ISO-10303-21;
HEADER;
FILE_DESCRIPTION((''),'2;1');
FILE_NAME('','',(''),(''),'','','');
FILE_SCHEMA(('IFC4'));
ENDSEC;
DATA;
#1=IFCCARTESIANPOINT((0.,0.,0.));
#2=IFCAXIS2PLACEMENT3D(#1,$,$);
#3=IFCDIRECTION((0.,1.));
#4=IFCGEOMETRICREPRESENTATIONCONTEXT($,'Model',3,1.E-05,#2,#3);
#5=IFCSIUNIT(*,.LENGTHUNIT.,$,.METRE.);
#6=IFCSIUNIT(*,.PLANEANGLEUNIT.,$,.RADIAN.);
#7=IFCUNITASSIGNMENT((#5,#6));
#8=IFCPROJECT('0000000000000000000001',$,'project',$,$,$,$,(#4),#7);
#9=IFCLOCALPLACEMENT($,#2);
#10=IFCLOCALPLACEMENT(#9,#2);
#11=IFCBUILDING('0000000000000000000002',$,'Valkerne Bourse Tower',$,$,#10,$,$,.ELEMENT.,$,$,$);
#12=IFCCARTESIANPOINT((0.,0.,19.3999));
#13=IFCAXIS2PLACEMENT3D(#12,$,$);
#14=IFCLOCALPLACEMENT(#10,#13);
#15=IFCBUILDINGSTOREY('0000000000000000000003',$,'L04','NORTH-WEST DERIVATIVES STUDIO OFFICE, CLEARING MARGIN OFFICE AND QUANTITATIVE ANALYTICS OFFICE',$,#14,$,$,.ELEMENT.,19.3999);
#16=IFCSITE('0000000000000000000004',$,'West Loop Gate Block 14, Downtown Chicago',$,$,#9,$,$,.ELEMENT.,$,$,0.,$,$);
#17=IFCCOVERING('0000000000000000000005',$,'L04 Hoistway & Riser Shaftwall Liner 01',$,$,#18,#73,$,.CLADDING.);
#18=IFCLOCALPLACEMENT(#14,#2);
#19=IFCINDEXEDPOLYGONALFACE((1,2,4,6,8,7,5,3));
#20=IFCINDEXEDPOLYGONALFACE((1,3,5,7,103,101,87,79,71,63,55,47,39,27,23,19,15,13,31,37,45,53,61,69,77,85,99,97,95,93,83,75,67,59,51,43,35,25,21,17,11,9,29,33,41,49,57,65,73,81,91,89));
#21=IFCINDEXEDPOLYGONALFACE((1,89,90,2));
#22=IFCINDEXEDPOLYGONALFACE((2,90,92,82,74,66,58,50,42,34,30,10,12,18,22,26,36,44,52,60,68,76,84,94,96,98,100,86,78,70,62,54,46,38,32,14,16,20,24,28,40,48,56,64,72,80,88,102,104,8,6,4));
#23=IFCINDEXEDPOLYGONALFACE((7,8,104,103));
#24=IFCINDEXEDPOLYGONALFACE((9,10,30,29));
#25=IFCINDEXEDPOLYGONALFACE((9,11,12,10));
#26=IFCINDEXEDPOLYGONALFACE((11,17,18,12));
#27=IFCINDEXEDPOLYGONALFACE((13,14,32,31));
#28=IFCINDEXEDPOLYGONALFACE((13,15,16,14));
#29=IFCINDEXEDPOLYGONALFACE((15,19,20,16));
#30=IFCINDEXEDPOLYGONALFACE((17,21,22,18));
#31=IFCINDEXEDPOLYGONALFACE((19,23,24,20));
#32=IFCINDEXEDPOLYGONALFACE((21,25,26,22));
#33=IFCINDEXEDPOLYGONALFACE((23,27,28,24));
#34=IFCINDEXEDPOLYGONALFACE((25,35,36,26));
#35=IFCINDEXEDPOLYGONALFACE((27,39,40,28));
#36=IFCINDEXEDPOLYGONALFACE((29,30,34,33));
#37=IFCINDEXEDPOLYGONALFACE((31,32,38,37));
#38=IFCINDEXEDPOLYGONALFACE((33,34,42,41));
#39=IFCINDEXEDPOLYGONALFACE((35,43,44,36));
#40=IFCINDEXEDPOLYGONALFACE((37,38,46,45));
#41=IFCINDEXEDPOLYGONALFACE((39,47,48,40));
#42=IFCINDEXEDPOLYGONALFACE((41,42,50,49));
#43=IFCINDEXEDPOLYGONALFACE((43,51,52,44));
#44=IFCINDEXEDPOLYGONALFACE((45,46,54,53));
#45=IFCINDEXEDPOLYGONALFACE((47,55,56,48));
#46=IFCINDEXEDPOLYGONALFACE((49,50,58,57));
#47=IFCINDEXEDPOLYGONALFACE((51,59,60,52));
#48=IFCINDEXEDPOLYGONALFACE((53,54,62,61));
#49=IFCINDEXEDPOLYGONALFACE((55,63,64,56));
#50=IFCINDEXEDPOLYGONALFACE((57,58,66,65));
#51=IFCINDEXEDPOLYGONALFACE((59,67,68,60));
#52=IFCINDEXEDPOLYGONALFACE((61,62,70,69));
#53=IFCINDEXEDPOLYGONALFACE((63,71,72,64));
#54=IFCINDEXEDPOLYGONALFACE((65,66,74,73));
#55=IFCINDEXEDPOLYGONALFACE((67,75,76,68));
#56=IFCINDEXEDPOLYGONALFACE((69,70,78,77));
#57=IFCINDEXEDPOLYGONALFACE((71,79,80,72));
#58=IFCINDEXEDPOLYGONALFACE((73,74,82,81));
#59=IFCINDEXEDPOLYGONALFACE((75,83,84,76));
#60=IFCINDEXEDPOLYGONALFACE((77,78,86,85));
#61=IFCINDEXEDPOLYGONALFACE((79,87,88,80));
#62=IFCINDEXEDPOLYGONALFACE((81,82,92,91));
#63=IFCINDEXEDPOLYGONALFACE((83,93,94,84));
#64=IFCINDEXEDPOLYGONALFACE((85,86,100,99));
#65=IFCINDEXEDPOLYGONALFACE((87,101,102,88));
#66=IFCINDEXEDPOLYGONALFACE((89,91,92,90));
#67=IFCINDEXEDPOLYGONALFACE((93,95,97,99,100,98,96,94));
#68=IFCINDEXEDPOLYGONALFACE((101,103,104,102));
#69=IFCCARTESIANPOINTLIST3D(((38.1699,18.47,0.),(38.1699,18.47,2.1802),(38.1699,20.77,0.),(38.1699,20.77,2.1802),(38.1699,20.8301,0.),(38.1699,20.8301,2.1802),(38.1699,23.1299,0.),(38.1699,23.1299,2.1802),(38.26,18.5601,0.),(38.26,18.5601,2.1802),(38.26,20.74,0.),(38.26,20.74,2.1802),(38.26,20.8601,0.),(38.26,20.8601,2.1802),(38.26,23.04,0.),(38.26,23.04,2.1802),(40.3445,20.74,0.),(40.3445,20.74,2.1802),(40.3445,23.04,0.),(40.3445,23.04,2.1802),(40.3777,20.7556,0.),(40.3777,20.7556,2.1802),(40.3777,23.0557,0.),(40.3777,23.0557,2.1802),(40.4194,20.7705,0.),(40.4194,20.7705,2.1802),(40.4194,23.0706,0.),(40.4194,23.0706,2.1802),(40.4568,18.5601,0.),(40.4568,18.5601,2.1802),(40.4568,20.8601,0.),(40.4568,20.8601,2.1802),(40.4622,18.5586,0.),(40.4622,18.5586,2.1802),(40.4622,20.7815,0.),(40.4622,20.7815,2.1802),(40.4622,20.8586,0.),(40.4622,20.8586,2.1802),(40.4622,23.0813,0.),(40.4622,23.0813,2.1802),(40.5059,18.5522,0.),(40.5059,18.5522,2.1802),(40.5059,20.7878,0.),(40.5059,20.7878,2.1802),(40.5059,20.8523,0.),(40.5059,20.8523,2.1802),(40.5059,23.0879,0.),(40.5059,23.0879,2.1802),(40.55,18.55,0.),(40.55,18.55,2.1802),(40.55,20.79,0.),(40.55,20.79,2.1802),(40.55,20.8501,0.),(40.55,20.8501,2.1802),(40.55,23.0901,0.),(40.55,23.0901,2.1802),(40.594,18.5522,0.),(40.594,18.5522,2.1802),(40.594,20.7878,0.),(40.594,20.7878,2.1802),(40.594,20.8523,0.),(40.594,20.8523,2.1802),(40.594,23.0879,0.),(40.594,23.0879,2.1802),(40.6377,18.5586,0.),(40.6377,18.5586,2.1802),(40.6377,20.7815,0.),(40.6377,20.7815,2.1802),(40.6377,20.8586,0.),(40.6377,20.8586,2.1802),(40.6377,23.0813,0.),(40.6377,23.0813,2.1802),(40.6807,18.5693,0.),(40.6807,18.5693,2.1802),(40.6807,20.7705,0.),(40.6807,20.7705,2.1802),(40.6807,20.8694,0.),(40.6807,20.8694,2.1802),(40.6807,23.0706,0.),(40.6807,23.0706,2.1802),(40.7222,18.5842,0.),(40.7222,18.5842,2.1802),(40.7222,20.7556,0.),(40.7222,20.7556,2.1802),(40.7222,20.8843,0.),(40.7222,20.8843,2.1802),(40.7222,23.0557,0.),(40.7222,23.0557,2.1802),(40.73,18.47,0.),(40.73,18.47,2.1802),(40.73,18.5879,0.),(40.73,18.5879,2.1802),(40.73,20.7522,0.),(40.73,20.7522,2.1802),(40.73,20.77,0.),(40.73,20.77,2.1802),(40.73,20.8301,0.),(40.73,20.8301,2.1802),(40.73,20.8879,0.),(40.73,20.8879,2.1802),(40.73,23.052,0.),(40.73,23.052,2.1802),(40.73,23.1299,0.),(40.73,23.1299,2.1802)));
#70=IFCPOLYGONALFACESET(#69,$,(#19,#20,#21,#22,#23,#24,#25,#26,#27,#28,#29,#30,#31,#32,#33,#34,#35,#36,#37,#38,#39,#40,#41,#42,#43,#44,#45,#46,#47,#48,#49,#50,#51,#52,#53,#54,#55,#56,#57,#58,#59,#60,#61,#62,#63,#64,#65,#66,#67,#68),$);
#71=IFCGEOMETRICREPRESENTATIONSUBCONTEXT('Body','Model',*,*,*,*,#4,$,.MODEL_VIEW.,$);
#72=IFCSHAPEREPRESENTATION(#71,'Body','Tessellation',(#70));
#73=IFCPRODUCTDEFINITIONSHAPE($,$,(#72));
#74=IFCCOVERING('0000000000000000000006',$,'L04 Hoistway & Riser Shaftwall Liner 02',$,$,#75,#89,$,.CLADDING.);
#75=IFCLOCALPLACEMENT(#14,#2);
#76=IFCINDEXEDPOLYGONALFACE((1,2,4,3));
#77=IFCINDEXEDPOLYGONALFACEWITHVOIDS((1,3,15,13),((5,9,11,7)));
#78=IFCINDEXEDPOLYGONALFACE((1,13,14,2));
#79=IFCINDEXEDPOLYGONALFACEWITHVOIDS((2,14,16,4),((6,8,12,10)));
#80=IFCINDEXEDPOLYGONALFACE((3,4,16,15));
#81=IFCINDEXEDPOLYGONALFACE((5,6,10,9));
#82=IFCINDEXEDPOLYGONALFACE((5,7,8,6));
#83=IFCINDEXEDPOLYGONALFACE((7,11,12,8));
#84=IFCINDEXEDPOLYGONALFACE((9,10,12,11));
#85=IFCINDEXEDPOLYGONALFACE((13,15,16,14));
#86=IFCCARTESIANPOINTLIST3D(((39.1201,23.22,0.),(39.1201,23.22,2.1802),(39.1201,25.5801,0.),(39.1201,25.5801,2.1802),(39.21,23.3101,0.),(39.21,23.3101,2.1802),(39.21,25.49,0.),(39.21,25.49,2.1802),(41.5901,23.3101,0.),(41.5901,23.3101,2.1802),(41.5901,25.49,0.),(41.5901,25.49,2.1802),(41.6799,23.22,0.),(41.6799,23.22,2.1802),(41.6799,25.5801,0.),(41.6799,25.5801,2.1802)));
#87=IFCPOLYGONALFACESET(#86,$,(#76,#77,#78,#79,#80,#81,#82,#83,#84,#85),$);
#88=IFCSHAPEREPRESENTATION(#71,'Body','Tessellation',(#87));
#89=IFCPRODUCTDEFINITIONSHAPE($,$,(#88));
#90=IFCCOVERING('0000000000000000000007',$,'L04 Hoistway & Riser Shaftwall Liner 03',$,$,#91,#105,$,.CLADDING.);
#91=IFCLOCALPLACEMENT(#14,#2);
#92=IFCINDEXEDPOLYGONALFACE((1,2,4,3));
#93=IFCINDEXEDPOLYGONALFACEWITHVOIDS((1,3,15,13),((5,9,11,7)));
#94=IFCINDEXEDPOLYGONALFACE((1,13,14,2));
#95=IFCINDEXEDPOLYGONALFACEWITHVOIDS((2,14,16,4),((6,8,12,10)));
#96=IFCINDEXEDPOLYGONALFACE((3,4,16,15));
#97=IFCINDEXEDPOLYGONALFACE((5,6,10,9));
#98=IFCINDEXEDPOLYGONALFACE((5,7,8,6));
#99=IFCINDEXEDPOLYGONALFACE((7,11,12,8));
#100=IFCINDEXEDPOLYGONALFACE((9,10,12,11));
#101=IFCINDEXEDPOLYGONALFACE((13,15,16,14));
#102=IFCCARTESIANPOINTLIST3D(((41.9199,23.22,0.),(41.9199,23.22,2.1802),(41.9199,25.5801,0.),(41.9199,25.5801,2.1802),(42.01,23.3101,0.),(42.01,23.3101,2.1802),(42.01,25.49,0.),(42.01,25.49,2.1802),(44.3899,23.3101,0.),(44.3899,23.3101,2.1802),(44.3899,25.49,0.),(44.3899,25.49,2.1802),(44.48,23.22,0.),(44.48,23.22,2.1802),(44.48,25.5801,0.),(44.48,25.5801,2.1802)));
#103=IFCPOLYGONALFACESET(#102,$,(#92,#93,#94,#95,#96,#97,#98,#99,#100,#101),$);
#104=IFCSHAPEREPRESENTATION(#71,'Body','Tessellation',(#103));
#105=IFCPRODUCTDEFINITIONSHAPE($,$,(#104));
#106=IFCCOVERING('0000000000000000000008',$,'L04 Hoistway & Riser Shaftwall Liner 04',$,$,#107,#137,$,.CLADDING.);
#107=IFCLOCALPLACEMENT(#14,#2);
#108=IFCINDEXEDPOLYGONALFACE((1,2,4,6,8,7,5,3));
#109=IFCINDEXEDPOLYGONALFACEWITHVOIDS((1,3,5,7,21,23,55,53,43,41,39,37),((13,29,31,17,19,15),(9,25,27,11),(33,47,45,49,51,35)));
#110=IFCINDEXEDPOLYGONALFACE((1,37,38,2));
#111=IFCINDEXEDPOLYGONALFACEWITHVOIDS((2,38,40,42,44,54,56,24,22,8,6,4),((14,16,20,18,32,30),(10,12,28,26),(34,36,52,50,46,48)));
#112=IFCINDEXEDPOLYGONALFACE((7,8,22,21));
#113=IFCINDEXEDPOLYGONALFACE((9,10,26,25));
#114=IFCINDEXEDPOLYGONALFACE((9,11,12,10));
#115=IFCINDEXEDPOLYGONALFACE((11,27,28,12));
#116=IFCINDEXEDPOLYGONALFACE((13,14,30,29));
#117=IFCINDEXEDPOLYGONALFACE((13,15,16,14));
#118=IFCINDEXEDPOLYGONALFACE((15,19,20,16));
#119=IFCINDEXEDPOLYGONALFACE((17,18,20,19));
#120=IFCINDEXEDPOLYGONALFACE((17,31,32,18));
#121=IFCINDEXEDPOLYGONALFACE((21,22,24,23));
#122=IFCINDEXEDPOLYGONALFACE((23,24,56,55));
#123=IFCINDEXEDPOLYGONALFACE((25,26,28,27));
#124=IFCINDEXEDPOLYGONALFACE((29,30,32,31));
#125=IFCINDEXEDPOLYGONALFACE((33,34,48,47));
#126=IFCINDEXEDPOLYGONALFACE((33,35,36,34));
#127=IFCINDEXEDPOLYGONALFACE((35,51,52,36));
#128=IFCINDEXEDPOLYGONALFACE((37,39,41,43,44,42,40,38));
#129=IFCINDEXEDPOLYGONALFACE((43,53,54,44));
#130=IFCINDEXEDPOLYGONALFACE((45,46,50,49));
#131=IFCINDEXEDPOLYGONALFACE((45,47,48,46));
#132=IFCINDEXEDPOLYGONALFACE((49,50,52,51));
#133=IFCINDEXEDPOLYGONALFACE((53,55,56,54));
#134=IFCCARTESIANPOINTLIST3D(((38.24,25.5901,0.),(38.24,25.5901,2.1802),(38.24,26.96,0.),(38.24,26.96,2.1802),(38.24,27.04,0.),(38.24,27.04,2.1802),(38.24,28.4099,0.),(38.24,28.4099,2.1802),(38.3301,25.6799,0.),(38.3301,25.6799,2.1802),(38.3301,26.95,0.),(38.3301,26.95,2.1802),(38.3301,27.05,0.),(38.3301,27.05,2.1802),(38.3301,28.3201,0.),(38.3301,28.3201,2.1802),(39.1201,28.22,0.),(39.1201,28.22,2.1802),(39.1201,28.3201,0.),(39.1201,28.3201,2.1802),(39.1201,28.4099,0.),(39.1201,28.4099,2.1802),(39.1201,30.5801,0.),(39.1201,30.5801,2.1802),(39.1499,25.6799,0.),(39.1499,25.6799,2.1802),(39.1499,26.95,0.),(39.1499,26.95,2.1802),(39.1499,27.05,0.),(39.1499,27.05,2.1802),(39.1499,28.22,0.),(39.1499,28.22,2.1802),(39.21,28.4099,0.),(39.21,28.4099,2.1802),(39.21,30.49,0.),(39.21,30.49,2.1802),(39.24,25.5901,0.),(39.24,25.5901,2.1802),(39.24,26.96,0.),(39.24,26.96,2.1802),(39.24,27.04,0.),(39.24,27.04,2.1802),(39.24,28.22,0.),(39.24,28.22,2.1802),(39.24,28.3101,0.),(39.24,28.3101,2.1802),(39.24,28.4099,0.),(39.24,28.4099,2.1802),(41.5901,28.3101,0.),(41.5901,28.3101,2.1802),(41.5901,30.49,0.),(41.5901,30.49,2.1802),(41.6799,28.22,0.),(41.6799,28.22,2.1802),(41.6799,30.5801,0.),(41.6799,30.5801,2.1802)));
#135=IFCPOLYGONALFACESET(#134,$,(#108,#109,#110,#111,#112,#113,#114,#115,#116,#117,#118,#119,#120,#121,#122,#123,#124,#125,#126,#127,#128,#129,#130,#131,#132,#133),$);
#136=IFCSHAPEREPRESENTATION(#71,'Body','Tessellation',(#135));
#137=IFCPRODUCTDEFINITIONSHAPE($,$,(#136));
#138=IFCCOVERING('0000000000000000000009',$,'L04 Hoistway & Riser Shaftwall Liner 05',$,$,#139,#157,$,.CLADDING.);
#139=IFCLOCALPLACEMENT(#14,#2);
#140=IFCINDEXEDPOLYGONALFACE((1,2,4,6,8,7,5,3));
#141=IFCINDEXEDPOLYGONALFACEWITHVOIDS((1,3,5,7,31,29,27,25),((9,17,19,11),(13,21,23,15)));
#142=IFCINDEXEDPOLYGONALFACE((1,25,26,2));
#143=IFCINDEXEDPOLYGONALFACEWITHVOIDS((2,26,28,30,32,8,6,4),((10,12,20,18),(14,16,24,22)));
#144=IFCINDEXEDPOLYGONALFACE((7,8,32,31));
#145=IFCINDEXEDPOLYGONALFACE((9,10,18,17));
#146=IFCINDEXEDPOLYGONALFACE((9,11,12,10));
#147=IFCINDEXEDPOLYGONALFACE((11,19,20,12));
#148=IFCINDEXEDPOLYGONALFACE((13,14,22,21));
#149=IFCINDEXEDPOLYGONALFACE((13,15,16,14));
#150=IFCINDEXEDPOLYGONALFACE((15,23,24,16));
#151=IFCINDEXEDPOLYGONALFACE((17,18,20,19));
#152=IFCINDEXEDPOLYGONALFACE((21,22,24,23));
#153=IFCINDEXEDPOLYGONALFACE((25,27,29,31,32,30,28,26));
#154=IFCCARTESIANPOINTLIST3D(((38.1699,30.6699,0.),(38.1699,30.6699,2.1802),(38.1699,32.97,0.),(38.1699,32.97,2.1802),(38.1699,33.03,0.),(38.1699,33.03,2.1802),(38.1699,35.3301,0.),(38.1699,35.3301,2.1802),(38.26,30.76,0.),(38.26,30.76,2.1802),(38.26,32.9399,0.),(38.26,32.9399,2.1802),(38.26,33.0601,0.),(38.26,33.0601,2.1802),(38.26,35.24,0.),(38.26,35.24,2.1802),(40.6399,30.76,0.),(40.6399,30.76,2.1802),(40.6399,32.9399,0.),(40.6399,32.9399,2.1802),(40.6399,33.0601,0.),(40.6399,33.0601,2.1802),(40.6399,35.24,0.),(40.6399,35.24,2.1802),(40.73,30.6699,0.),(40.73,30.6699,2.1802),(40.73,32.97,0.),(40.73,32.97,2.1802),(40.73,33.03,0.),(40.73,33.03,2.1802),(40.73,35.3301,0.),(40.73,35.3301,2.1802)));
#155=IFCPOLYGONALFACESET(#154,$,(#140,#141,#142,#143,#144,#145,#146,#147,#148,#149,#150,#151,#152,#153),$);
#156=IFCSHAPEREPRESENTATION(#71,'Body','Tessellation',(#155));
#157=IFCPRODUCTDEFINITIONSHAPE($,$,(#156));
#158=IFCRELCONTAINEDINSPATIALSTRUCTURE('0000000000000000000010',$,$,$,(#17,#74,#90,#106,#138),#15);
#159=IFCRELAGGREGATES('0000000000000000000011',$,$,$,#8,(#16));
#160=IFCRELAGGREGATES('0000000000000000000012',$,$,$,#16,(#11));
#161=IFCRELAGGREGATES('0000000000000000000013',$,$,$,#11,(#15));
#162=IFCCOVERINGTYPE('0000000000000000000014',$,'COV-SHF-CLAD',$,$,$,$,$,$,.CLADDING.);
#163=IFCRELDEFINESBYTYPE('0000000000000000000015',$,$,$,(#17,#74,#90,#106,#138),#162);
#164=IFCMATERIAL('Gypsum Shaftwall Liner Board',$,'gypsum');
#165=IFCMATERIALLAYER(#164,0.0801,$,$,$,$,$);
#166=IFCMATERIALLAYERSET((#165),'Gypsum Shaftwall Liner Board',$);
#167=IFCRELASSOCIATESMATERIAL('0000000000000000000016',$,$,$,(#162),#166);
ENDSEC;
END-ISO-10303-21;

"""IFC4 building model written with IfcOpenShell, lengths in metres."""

from ifc_helpers import new_model, si_unit, direction, frame, origin, place, context, subcontext, project, spatial, polyline, outline, extrude, material, layer, layer_set, type_object, element, save


model = new_model("IFC4")

# Units and contexts
model_context = context("Model", 3, precision=1e-05, world=origin(), true_north=direction((0.0, 1.0)))
body_context = subcontext(model_context, "Body", "Model", "MODEL_VIEW")
ifc_project = project(units=[si_unit("LENGTHUNIT", "METRE"), si_unit("PLANEANGLEUNIT", "RADIAN")], contexts=[model_context])

# Site, building, storey
site_placement = place(None, origin())
site = spatial("IfcSite", under=ifc_project, at=site_placement, Name="West Loop Gate Block 14, Downtown Chicago", CompositionType="ELEMENT", RefElevation=0.0)
building_placement = place(site_placement, origin())
building = spatial("IfcBuilding", under=site, at=building_placement, Name="Valkerne Bourse Tower", CompositionType="ELEMENT")
storey_placement = place(building_placement, frame((0.0, 0.0, 19.3999)))
storey = spatial("IfcBuildingStorey", under=building, at=storey_placement, Name="L04", Description="NORTH-WEST DERIVATIVES STUDIO OFFICE, CLEARING MARGIN OFFICE AND QUANTITATIVE ANALYTICS OFFICE", CompositionType="ELEMENT", Elevation=19.3999)

# Coverings
ifc_material_1 = material(Name="Gypsum Shaftwall Liner Board", Category="gypsum")
ifc_layer_1 = layer(ifc_material_1, 0.0801)
ifc_layer_set_1 = layer_set([ifc_layer_1], Name="Gypsum Shaftwall Liner Board")
covering_type_1 = type_object("IfcCoveringType", Name="COV-SHF-CLAD", PredefinedType="CLADDING", material=ifc_layer_set_1)
covering_1_placement = place(storey_placement, origin())
element("IfcCovering", 1, at=covering_1_placement, inside=storey, type_object=covering_type_1, Name="L04 Hoistway & Riser Shaftwall Liner 01", PredefinedType="CLADDING", context=body_context, shape_type="SweptSolid", body=[
    extrude(outline(polyline([(38.1699, 23.1299), (40.73, 23.1299), (40.73, 23.052), (40.7222, 23.0557), (40.6807, 23.0706), (40.6377, 23.0813), (40.594, 23.0879), (40.55, 23.0901), (40.5059, 23.0879), (40.4622, 23.0813), (40.4194, 23.0706), (40.3777, 23.0557), (40.3445, 23.04), (38.26, 23.04), (38.26, 20.8601), (40.4568, 20.8601), (40.4622, 20.8586), (40.5059, 20.8523), (40.55, 20.8501), (40.594, 20.8523), (40.6377, 20.8586), (40.6807, 20.8694), (40.7222, 20.8843), (40.73, 20.8879), (40.73, 20.8301), (40.73, 20.77), (40.73, 20.7522), (40.7222, 20.7556), (40.6807, 20.7705), (40.6377, 20.7815), (40.594, 20.7878), (40.55, 20.79), (40.5059, 20.7878), (40.4622, 20.7815), (40.4194, 20.7705), (40.3777, 20.7556), (40.3445, 20.74), (38.26, 20.74), (38.26, 18.5601), (40.4568, 18.5601), (40.4622, 18.5586), (40.5059, 18.5522), (40.55, 18.55), (40.594, 18.5522), (40.6377, 18.5586), (40.6807, 18.5693), (40.7222, 18.5842), (40.73, 18.5879), (40.73, 18.47), (38.1699, 18.47), (38.1699, 20.77), (38.1699, 20.8301), (38.1699, 23.1299)])), origin(), (0.0, 0.0, 1.0), 2.1802),
])
covering_2_placement = place(storey_placement, origin())
element("IfcCovering", 2, at=covering_2_placement, inside=storey, type_object=covering_type_1, Name="L04 Hoistway & Riser Shaftwall Liner 02", PredefinedType="CLADDING", context=body_context, shape_type="SweptSolid", body=[
    extrude(outline(polyline([(41.6799, 23.22), (39.1201, 23.22), (39.1201, 25.5801), (41.6799, 25.5801), (41.6799, 23.22)]), holes=[polyline([(39.21, 25.49), (39.21, 23.3101), (41.5901, 23.3101), (41.5901, 25.49), (39.21, 25.49)])]), origin(), (0.0, 0.0, 1.0), 2.1802),
])
covering_3_placement = place(storey_placement, origin())
element("IfcCovering", 3, at=covering_3_placement, inside=storey, type_object=covering_type_1, Name="L04 Hoistway & Riser Shaftwall Liner 03", PredefinedType="CLADDING", context=body_context, shape_type="SweptSolid", body=[
    extrude(outline(polyline([(44.48, 23.22), (41.9199, 23.22), (41.9199, 25.5801), (44.48, 25.5801), (44.48, 23.22)]), holes=[polyline([(42.01, 25.49), (42.01, 23.3101), (44.3899, 23.3101), (44.3899, 25.49), (42.01, 25.49)])]), origin(), (0.0, 0.0, 1.0), 2.1802),
])
covering_4_placement = place(storey_placement, origin())
element("IfcCovering", 4, at=covering_4_placement, inside=storey, type_object=covering_type_1, Name="L04 Hoistway & Riser Shaftwall Liner 04", PredefinedType="CLADDING", context=body_context, shape_type="SweptSolid", body=[
    extrude(outline(polyline([(38.24, 28.4099), (39.1201, 28.4099), (39.1201, 30.5801), (41.6799, 30.5801), (41.6799, 28.22), (39.24, 28.22), (39.24, 27.04), (39.24, 26.96), (39.24, 25.5901), (38.24, 25.5901), (38.24, 26.96), (38.24, 27.04), (38.24, 28.4099)]), holes=[polyline([(39.21, 30.49), (39.21, 28.4099), (39.24, 28.4099), (39.24, 28.3101), (41.5901, 28.3101), (41.5901, 30.49), (39.21, 30.49)]), polyline([(38.3301, 26.95), (38.3301, 25.6799), (39.1499, 25.6799), (39.1499, 26.95), (38.3301, 26.95)]), polyline([(39.1201, 28.22), (39.1201, 28.3201), (38.3301, 28.3201), (38.3301, 27.05), (39.1499, 27.05), (39.1499, 28.22), (39.1201, 28.22)])]), origin(), (0.0, 0.0, 1.0), 2.1802),
])
covering_5_placement = place(storey_placement, origin())
element("IfcCovering", 5, at=covering_5_placement, inside=storey, type_object=covering_type_1, Name="L04 Hoistway & Riser Shaftwall Liner 05", PredefinedType="CLADDING", context=body_context, shape_type="SweptSolid", body=[
    extrude(outline(polyline([(40.73, 35.3301), (40.73, 33.03), (40.73, 32.97), (40.73, 30.6699), (38.1699, 30.6699), (38.1699, 32.97), (38.1699, 33.03), (38.1699, 35.3301), (40.73, 35.3301)]), holes=[polyline([(38.26, 30.76), (40.6399, 30.76), (40.6399, 32.9399), (38.26, 32.9399), (38.26, 30.76)]), polyline([(38.26, 33.0601), (40.6399, 33.0601), (40.6399, 35.24), (38.26, 35.24), (38.26, 33.0601)])]), origin(), (0.0, 0.0, 1.0), 2.1802),
])

save(model, "model.ifc")
